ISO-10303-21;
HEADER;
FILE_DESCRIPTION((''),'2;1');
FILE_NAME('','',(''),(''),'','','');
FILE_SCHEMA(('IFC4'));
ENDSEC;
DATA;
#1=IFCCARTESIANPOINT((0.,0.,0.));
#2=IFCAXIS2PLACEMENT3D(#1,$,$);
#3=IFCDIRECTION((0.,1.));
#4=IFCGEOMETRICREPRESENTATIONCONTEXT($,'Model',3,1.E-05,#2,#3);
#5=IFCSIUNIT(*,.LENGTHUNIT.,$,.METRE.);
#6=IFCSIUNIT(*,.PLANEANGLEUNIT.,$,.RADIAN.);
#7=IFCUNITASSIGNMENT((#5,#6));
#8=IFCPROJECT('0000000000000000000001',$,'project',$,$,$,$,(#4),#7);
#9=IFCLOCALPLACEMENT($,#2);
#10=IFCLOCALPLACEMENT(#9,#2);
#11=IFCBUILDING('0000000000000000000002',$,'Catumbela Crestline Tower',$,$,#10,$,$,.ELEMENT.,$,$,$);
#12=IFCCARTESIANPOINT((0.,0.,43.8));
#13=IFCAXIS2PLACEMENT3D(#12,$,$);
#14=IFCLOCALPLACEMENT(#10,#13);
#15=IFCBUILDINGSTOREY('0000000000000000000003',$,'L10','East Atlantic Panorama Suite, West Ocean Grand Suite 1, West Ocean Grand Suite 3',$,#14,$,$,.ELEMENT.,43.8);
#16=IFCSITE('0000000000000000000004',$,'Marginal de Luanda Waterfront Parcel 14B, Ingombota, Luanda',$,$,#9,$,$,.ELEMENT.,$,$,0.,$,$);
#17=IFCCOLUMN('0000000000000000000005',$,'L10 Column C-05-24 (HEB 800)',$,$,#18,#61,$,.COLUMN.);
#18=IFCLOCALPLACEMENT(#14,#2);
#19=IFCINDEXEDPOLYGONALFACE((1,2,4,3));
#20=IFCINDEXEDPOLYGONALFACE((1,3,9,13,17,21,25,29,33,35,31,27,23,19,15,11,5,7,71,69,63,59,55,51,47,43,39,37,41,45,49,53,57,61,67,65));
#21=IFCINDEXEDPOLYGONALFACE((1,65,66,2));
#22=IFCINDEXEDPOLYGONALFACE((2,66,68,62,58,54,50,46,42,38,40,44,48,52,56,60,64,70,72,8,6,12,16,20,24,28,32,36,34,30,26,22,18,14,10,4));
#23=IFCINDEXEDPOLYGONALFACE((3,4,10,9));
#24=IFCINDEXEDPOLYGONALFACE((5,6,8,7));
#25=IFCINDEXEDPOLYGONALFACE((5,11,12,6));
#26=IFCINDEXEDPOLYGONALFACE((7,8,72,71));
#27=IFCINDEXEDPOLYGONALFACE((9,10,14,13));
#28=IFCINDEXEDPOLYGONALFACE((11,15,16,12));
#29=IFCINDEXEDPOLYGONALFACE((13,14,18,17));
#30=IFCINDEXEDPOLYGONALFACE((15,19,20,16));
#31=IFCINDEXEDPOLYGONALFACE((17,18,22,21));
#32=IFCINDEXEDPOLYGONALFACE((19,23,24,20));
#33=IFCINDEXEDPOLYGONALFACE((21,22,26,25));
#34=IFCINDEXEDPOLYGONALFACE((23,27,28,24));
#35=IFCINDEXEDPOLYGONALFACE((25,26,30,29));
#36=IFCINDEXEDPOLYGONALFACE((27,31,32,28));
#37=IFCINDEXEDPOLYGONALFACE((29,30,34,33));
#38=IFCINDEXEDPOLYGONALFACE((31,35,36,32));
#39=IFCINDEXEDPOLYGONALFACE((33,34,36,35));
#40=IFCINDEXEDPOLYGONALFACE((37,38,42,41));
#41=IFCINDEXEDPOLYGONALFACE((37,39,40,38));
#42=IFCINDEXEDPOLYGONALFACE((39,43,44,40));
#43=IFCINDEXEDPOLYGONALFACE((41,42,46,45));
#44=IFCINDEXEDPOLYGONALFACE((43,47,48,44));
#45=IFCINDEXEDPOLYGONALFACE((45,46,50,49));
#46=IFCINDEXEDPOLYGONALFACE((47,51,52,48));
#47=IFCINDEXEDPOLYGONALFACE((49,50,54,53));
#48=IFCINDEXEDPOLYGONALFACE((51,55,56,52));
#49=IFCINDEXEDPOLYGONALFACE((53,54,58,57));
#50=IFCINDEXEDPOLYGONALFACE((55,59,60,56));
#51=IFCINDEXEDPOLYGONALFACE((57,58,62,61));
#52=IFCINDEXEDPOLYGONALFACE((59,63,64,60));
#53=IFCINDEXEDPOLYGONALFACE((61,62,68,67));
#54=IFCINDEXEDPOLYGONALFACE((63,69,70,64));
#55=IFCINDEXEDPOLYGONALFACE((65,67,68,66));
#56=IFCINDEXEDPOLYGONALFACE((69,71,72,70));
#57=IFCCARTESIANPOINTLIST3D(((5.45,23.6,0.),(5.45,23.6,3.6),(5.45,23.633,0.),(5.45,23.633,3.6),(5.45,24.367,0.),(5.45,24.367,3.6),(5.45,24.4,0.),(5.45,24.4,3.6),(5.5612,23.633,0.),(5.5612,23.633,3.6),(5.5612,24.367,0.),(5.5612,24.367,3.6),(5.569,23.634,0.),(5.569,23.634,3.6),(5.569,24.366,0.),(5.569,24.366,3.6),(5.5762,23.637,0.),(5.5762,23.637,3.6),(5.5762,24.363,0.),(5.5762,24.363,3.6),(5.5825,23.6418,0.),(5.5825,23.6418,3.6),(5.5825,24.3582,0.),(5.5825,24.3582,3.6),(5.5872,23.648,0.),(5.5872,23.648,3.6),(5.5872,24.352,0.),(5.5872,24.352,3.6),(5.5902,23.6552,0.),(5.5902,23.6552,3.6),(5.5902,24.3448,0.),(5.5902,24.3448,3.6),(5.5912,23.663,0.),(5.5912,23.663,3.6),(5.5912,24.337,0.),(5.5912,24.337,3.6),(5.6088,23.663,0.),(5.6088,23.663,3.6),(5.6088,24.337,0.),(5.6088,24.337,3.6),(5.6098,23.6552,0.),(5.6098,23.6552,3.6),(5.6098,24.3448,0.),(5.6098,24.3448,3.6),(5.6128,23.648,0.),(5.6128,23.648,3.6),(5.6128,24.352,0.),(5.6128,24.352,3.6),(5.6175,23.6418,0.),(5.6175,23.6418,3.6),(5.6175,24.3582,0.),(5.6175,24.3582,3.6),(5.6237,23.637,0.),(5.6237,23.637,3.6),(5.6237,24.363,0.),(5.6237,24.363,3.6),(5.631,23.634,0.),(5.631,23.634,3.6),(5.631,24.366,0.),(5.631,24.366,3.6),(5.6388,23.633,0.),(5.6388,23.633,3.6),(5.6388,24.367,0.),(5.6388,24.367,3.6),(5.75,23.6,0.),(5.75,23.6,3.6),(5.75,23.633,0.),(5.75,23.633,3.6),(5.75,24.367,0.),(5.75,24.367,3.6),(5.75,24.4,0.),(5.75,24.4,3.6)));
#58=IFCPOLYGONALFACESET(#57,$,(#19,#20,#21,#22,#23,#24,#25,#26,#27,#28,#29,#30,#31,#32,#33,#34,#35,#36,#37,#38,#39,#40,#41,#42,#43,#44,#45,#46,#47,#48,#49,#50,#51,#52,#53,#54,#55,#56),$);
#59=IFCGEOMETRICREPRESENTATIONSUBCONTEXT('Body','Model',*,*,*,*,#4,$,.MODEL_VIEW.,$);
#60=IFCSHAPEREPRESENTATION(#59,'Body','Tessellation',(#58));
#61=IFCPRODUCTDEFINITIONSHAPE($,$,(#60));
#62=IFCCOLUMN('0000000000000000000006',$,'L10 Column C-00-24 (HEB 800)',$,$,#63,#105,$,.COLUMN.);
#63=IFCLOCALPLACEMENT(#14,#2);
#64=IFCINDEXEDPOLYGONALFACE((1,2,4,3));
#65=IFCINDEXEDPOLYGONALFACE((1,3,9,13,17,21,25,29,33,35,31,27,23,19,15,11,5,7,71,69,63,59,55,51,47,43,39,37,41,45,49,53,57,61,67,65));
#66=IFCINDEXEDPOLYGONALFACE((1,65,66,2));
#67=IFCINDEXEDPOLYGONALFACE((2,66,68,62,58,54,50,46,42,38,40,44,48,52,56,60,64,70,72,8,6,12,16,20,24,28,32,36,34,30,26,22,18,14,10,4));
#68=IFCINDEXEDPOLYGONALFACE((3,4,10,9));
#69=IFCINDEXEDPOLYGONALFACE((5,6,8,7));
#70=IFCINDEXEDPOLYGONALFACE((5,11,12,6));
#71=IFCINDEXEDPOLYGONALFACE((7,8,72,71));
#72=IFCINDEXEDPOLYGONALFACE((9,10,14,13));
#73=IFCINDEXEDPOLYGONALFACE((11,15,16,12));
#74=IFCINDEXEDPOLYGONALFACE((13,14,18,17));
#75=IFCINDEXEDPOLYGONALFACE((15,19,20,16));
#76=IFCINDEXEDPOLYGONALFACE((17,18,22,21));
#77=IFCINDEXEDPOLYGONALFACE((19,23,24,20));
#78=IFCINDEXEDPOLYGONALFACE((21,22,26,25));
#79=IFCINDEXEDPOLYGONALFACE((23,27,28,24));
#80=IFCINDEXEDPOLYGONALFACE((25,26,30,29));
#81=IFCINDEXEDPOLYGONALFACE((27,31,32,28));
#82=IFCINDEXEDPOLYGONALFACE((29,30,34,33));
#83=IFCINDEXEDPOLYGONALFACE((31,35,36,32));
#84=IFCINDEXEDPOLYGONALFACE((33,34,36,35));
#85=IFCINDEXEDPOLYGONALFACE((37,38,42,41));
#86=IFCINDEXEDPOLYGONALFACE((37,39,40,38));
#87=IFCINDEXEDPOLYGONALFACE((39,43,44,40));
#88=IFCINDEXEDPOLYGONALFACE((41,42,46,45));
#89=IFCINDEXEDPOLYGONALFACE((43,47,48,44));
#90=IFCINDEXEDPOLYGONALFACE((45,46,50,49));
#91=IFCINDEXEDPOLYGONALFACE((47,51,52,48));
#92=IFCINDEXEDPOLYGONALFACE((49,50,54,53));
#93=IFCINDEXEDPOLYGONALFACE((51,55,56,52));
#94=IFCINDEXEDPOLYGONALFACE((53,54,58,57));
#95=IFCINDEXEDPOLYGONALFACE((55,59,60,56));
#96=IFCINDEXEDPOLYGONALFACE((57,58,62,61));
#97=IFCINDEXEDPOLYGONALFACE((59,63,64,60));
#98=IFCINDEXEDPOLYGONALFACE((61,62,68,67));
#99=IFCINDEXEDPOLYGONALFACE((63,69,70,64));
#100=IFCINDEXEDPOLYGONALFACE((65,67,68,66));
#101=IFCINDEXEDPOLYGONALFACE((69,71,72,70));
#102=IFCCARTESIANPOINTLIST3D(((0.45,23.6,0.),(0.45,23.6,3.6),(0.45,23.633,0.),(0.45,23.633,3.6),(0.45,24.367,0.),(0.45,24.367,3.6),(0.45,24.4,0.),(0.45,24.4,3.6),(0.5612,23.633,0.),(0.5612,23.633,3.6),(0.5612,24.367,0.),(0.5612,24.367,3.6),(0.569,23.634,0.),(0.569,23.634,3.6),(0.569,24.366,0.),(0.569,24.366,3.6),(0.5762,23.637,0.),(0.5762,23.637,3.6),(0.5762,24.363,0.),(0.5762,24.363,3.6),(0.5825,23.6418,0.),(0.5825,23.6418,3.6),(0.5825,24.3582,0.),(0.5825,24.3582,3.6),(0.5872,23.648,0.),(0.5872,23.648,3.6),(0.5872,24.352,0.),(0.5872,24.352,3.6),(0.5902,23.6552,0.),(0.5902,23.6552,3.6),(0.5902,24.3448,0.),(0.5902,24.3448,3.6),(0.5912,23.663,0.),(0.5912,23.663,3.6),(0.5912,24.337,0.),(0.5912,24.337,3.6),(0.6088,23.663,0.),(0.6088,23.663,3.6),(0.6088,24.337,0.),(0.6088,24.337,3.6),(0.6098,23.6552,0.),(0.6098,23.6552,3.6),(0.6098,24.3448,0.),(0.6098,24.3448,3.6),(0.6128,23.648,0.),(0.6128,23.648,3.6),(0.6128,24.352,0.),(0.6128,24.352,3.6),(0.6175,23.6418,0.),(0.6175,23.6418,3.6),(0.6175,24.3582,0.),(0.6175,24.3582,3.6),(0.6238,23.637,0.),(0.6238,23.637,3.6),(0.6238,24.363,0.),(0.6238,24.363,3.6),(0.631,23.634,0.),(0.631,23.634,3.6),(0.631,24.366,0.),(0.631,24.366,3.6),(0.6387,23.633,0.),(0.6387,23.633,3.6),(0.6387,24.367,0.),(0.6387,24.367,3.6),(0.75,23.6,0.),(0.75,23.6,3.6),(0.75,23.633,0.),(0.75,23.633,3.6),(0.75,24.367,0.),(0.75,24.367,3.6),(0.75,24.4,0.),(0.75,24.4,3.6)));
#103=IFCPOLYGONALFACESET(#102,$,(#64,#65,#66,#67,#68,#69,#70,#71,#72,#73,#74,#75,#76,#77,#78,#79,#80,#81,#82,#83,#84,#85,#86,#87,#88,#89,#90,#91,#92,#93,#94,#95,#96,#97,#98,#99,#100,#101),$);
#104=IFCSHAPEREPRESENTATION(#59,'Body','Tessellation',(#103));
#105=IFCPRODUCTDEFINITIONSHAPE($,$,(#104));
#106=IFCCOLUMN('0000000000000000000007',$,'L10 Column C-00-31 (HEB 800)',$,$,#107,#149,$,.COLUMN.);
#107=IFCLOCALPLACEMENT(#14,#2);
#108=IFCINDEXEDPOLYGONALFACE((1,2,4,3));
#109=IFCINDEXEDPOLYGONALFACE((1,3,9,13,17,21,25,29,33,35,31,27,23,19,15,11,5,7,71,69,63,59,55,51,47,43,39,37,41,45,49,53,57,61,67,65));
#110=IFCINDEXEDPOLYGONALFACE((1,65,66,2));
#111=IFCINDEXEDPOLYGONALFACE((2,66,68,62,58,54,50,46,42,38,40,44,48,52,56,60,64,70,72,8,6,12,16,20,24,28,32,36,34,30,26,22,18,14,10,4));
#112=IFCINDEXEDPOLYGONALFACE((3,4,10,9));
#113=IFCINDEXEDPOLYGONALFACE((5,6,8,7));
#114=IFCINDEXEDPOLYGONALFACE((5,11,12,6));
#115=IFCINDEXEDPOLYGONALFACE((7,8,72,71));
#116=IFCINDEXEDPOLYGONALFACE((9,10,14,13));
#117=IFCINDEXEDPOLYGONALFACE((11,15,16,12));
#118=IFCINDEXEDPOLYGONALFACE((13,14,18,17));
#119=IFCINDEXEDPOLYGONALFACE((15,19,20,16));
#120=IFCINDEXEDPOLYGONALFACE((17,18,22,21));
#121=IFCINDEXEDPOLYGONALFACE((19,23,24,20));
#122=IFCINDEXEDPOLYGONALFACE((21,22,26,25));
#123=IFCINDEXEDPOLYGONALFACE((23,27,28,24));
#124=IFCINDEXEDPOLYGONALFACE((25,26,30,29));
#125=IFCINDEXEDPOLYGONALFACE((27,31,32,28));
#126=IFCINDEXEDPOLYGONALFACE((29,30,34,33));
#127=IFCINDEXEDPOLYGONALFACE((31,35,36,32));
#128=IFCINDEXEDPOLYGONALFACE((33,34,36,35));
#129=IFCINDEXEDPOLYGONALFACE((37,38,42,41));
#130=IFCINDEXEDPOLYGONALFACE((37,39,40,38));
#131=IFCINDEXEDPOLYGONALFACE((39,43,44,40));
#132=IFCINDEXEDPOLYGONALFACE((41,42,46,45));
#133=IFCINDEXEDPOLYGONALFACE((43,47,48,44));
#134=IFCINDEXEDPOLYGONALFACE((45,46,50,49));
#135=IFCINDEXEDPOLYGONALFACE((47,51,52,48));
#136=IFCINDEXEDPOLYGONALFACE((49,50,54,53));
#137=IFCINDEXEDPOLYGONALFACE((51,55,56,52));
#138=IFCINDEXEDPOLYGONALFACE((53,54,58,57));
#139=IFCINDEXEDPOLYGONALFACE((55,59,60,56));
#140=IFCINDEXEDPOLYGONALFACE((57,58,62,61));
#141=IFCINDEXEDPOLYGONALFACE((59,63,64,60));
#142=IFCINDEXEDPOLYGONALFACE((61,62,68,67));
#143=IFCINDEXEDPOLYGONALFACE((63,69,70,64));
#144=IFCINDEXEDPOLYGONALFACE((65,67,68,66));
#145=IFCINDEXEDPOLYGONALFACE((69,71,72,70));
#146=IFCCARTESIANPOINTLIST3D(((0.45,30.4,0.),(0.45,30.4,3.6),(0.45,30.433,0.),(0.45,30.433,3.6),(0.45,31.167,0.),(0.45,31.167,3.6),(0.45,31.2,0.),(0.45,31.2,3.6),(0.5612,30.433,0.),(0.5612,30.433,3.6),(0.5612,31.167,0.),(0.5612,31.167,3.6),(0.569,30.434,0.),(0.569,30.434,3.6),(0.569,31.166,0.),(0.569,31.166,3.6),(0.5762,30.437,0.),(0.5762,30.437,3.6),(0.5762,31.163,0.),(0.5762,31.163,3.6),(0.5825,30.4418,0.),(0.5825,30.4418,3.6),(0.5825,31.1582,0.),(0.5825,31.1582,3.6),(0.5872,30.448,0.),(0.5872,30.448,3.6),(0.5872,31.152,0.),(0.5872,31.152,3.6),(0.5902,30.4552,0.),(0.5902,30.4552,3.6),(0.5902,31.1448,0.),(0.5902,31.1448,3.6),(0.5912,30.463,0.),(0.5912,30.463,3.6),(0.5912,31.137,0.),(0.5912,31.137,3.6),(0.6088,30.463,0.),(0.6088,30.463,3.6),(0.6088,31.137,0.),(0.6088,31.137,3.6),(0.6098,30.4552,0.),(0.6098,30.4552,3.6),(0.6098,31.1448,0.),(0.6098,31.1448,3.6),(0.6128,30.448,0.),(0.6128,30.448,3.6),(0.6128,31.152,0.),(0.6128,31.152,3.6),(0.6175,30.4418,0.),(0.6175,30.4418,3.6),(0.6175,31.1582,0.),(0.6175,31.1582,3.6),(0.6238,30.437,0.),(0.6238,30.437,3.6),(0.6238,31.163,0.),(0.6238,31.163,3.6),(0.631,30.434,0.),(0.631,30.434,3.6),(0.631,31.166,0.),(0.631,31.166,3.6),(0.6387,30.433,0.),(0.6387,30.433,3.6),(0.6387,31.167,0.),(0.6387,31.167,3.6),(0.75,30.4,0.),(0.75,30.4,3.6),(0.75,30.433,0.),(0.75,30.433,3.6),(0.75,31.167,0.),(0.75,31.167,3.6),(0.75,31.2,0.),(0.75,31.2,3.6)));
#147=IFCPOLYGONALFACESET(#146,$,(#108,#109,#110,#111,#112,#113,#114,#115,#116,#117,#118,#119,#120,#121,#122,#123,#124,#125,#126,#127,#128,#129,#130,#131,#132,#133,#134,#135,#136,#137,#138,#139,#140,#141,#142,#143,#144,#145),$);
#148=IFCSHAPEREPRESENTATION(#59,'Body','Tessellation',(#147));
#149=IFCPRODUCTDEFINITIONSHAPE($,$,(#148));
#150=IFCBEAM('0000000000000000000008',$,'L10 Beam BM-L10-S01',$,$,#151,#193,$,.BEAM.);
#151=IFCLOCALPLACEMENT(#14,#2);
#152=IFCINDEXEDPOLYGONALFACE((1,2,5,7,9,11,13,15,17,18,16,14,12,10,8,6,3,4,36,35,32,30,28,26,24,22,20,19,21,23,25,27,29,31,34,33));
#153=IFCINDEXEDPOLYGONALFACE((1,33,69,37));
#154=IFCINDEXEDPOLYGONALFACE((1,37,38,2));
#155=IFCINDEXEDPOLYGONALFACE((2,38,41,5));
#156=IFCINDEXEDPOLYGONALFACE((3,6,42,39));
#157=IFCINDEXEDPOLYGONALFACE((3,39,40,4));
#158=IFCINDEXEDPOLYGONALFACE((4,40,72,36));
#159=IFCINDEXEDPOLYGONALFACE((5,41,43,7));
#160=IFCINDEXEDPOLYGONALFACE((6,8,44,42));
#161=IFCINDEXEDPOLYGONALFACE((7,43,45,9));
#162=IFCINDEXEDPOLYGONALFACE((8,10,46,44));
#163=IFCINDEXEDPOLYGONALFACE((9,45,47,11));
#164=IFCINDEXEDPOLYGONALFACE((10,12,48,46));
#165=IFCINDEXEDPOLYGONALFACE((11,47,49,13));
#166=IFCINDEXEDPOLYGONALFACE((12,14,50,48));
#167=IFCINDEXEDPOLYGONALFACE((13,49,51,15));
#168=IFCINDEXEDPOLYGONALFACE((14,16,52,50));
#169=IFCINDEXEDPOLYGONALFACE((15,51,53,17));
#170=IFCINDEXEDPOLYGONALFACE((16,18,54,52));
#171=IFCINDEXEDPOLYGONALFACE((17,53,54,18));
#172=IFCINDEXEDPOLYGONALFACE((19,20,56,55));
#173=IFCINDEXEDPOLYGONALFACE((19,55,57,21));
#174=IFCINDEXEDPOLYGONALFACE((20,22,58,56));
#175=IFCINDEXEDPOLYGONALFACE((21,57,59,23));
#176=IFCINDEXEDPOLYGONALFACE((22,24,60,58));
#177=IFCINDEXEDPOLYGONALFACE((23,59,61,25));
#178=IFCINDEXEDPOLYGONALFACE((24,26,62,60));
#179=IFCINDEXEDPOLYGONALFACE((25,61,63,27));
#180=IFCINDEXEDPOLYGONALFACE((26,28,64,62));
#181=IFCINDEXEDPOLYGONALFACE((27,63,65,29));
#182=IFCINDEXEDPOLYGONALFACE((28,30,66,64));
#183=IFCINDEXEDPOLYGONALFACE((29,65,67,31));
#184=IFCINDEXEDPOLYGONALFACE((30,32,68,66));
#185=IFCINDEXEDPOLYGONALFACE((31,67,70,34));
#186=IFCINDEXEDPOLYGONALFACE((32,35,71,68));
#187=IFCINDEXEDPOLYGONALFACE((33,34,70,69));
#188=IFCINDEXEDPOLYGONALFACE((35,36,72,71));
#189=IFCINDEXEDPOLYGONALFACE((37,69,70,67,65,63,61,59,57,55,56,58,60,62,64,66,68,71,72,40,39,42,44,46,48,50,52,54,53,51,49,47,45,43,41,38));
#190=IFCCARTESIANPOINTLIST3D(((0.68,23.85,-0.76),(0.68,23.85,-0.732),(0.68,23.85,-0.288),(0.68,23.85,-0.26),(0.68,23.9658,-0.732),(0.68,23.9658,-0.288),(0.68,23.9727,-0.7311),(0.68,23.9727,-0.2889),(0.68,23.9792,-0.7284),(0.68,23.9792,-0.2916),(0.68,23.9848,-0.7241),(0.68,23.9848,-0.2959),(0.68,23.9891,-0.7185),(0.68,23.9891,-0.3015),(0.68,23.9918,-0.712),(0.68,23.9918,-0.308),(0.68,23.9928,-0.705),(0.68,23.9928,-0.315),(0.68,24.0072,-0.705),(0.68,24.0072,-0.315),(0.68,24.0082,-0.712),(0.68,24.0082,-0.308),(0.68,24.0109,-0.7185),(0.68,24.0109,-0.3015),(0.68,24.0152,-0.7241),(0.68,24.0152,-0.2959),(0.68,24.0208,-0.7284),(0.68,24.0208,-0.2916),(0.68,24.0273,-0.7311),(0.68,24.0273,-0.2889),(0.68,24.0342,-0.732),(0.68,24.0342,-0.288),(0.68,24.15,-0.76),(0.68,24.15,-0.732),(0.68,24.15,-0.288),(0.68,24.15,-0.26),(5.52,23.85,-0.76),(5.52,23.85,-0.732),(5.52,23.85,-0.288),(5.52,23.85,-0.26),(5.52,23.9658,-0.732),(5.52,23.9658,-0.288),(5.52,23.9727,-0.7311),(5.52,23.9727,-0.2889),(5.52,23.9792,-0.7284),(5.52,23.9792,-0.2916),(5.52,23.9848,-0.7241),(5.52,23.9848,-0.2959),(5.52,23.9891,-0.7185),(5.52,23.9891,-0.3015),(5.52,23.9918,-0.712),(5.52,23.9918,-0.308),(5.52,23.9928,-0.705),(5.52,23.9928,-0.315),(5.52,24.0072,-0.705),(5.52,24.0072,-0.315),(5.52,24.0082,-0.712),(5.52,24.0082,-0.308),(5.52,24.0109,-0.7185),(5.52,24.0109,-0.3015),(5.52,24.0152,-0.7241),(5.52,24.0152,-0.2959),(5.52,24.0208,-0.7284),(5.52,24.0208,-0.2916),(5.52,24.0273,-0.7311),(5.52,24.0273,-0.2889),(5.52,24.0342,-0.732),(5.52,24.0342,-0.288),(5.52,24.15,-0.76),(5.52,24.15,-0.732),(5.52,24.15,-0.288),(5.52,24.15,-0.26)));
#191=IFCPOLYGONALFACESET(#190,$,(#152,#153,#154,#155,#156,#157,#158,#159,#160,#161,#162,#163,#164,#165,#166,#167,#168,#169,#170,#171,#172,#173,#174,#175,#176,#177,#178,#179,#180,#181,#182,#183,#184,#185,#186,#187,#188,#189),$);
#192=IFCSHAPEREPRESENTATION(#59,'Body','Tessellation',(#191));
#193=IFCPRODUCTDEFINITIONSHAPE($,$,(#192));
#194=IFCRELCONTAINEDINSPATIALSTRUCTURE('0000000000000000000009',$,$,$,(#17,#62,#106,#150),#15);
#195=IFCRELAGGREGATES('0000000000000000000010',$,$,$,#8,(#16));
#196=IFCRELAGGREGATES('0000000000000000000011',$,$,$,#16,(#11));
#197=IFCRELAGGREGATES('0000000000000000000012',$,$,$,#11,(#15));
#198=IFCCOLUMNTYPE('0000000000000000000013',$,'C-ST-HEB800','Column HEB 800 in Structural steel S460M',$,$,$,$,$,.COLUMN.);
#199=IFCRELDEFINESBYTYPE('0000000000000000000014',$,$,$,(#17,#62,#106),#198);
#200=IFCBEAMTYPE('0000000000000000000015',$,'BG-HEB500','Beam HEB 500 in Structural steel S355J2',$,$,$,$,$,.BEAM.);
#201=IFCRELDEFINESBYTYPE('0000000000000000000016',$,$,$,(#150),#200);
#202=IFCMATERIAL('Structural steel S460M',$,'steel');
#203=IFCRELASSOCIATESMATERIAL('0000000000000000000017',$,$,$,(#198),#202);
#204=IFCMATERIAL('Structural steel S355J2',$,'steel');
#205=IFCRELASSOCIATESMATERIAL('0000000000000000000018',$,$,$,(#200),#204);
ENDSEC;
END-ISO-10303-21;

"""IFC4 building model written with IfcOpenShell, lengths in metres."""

from ifc_helpers import new_model, si_unit, direction, frame, origin, origin_2d, place, context, subcontext, project, spatial, i_section, extrude, material, material_profile, profile_set, type_object, element, save


model = new_model("IFC4")

# Units and contexts
model_context = context("Model", 3, precision=1e-05, world=origin(), true_north=direction((0.0, 1.0)))
body_context = subcontext(model_context, "Body", "Model", "MODEL_VIEW")
ifc_project = project(units=[si_unit("LENGTHUNIT", "METRE"), si_unit("PLANEANGLEUNIT", "RADIAN")], contexts=[model_context])

# Site, building, storey
site_placement = place(None, origin())
site = spatial("IfcSite", under=ifc_project, at=site_placement, Name="Marginal de Luanda Waterfront Parcel 14B, Ingombota, Luanda", CompositionType="ELEMENT", RefElevation=0.0)
building_placement = place(site_placement, origin())
building = spatial("IfcBuilding", under=site, at=building_placement, Name="Catumbela Crestline Tower", CompositionType="ELEMENT")
storey_placement = place(building_placement, frame((0.0, 0.0, 43.8)))
storey = spatial("IfcBuildingStorey", under=building, at=storey_placement, Name="L10", Description="East Atlantic Panorama Suite, West Ocean Grand Suite 1, West Ocean Grand Suite 3", CompositionType="ELEMENT", Elevation=43.8)

# Columns
ifc_material_1 = material(Name="Structural steel S460M", Category="steel")
ifc_material_profile_1 = material_profile(ifc_material_1, i_section(OverallWidth=0.3, OverallDepth=0.8, WebThickness=0.0175, FlangeThickness=0.033, FilletRadius=0.03, at=origin_2d()), Name="HEB 800")
ifc_profile_set_1 = profile_set([ifc_material_profile_1], Name="Structural steel S460M")
column_type = type_object("IfcColumnType", Name="C-ST-HEB800", Description="Column HEB 800 in Structural steel S460M", PredefinedType="COLUMN", material=ifc_profile_set_1)
for number, where, z_axis, x_axis, name in (
    (1, (5.6, 24.0, 0.0), (0.0, 0.0, 1.0), (1.0, 0.0, 0.0), "L10 Column C-05-24 (HEB 800)"),
    (2, (0.6, 24.0, 0.0), (0.0, 0.0, 1.0), (1.0, 0.0, 0.0), "L10 Column C-00-24 (HEB 800)"),
    (3, (0.6, 30.8, 0.0), (0.0, 0.0, 1.0), (1.0, 0.0, 0.0), "L10 Column C-00-31 (HEB 800)"),
):
    element("IfcColumn", number, at=place(storey_placement, frame(where, z_axis=z_axis, x_axis=x_axis)), inside=storey, type_object=column_type, Name=name, PredefinedType="COLUMN", context=body_context, shape_type="SweptSolid", body=[
        extrude(i_section(OverallWidth=0.3, OverallDepth=0.8, WebThickness=0.0175, FlangeThickness=0.033, FilletRadius=0.03, at=origin_2d()), origin(), (0.0, 0.0, 1.0), 3.6),
    ])

# Beam
ifc_material_2 = material(Name="Structural steel S355J2", Category="steel")
ifc_material_profile_2 = material_profile(ifc_material_2, i_section(OverallWidth=0.3, OverallDepth=0.5, WebThickness=0.0145, FlangeThickness=0.028, FilletRadius=0.027, at=origin_2d()), Name="HEB 500")
ifc_profile_set_2 = profile_set([ifc_material_profile_2], Name="Structural steel S355J2")
beam_type_1 = type_object("IfcBeamType", Name="BG-HEB500", Description="Beam HEB 500 in Structural steel S355J2", PredefinedType="BEAM", material=ifc_profile_set_2)
for number, where, z_axis, x_axis, name in (
    (4, (0.68, 24.0, -0.51), (1.0, 0.0, 0.0), (0.0, 1.0, 0.0), "L10 Beam BM-L10-S01"),
):
    element("IfcBeam", number, at=place(storey_placement, frame(where, z_axis=z_axis, x_axis=x_axis)), inside=storey, type_object=beam_type_1, Name=name, PredefinedType="BEAM", context=body_context, shape_type="SweptSolid", body=[
        extrude(i_section(OverallWidth=0.3, OverallDepth=0.5, WebThickness=0.0145, FlangeThickness=0.028, FilletRadius=0.027, at=origin_2d()), origin(), (0.0, 0.0, 1.0), 4.84),
    ])

save(model, "model.ifc")
